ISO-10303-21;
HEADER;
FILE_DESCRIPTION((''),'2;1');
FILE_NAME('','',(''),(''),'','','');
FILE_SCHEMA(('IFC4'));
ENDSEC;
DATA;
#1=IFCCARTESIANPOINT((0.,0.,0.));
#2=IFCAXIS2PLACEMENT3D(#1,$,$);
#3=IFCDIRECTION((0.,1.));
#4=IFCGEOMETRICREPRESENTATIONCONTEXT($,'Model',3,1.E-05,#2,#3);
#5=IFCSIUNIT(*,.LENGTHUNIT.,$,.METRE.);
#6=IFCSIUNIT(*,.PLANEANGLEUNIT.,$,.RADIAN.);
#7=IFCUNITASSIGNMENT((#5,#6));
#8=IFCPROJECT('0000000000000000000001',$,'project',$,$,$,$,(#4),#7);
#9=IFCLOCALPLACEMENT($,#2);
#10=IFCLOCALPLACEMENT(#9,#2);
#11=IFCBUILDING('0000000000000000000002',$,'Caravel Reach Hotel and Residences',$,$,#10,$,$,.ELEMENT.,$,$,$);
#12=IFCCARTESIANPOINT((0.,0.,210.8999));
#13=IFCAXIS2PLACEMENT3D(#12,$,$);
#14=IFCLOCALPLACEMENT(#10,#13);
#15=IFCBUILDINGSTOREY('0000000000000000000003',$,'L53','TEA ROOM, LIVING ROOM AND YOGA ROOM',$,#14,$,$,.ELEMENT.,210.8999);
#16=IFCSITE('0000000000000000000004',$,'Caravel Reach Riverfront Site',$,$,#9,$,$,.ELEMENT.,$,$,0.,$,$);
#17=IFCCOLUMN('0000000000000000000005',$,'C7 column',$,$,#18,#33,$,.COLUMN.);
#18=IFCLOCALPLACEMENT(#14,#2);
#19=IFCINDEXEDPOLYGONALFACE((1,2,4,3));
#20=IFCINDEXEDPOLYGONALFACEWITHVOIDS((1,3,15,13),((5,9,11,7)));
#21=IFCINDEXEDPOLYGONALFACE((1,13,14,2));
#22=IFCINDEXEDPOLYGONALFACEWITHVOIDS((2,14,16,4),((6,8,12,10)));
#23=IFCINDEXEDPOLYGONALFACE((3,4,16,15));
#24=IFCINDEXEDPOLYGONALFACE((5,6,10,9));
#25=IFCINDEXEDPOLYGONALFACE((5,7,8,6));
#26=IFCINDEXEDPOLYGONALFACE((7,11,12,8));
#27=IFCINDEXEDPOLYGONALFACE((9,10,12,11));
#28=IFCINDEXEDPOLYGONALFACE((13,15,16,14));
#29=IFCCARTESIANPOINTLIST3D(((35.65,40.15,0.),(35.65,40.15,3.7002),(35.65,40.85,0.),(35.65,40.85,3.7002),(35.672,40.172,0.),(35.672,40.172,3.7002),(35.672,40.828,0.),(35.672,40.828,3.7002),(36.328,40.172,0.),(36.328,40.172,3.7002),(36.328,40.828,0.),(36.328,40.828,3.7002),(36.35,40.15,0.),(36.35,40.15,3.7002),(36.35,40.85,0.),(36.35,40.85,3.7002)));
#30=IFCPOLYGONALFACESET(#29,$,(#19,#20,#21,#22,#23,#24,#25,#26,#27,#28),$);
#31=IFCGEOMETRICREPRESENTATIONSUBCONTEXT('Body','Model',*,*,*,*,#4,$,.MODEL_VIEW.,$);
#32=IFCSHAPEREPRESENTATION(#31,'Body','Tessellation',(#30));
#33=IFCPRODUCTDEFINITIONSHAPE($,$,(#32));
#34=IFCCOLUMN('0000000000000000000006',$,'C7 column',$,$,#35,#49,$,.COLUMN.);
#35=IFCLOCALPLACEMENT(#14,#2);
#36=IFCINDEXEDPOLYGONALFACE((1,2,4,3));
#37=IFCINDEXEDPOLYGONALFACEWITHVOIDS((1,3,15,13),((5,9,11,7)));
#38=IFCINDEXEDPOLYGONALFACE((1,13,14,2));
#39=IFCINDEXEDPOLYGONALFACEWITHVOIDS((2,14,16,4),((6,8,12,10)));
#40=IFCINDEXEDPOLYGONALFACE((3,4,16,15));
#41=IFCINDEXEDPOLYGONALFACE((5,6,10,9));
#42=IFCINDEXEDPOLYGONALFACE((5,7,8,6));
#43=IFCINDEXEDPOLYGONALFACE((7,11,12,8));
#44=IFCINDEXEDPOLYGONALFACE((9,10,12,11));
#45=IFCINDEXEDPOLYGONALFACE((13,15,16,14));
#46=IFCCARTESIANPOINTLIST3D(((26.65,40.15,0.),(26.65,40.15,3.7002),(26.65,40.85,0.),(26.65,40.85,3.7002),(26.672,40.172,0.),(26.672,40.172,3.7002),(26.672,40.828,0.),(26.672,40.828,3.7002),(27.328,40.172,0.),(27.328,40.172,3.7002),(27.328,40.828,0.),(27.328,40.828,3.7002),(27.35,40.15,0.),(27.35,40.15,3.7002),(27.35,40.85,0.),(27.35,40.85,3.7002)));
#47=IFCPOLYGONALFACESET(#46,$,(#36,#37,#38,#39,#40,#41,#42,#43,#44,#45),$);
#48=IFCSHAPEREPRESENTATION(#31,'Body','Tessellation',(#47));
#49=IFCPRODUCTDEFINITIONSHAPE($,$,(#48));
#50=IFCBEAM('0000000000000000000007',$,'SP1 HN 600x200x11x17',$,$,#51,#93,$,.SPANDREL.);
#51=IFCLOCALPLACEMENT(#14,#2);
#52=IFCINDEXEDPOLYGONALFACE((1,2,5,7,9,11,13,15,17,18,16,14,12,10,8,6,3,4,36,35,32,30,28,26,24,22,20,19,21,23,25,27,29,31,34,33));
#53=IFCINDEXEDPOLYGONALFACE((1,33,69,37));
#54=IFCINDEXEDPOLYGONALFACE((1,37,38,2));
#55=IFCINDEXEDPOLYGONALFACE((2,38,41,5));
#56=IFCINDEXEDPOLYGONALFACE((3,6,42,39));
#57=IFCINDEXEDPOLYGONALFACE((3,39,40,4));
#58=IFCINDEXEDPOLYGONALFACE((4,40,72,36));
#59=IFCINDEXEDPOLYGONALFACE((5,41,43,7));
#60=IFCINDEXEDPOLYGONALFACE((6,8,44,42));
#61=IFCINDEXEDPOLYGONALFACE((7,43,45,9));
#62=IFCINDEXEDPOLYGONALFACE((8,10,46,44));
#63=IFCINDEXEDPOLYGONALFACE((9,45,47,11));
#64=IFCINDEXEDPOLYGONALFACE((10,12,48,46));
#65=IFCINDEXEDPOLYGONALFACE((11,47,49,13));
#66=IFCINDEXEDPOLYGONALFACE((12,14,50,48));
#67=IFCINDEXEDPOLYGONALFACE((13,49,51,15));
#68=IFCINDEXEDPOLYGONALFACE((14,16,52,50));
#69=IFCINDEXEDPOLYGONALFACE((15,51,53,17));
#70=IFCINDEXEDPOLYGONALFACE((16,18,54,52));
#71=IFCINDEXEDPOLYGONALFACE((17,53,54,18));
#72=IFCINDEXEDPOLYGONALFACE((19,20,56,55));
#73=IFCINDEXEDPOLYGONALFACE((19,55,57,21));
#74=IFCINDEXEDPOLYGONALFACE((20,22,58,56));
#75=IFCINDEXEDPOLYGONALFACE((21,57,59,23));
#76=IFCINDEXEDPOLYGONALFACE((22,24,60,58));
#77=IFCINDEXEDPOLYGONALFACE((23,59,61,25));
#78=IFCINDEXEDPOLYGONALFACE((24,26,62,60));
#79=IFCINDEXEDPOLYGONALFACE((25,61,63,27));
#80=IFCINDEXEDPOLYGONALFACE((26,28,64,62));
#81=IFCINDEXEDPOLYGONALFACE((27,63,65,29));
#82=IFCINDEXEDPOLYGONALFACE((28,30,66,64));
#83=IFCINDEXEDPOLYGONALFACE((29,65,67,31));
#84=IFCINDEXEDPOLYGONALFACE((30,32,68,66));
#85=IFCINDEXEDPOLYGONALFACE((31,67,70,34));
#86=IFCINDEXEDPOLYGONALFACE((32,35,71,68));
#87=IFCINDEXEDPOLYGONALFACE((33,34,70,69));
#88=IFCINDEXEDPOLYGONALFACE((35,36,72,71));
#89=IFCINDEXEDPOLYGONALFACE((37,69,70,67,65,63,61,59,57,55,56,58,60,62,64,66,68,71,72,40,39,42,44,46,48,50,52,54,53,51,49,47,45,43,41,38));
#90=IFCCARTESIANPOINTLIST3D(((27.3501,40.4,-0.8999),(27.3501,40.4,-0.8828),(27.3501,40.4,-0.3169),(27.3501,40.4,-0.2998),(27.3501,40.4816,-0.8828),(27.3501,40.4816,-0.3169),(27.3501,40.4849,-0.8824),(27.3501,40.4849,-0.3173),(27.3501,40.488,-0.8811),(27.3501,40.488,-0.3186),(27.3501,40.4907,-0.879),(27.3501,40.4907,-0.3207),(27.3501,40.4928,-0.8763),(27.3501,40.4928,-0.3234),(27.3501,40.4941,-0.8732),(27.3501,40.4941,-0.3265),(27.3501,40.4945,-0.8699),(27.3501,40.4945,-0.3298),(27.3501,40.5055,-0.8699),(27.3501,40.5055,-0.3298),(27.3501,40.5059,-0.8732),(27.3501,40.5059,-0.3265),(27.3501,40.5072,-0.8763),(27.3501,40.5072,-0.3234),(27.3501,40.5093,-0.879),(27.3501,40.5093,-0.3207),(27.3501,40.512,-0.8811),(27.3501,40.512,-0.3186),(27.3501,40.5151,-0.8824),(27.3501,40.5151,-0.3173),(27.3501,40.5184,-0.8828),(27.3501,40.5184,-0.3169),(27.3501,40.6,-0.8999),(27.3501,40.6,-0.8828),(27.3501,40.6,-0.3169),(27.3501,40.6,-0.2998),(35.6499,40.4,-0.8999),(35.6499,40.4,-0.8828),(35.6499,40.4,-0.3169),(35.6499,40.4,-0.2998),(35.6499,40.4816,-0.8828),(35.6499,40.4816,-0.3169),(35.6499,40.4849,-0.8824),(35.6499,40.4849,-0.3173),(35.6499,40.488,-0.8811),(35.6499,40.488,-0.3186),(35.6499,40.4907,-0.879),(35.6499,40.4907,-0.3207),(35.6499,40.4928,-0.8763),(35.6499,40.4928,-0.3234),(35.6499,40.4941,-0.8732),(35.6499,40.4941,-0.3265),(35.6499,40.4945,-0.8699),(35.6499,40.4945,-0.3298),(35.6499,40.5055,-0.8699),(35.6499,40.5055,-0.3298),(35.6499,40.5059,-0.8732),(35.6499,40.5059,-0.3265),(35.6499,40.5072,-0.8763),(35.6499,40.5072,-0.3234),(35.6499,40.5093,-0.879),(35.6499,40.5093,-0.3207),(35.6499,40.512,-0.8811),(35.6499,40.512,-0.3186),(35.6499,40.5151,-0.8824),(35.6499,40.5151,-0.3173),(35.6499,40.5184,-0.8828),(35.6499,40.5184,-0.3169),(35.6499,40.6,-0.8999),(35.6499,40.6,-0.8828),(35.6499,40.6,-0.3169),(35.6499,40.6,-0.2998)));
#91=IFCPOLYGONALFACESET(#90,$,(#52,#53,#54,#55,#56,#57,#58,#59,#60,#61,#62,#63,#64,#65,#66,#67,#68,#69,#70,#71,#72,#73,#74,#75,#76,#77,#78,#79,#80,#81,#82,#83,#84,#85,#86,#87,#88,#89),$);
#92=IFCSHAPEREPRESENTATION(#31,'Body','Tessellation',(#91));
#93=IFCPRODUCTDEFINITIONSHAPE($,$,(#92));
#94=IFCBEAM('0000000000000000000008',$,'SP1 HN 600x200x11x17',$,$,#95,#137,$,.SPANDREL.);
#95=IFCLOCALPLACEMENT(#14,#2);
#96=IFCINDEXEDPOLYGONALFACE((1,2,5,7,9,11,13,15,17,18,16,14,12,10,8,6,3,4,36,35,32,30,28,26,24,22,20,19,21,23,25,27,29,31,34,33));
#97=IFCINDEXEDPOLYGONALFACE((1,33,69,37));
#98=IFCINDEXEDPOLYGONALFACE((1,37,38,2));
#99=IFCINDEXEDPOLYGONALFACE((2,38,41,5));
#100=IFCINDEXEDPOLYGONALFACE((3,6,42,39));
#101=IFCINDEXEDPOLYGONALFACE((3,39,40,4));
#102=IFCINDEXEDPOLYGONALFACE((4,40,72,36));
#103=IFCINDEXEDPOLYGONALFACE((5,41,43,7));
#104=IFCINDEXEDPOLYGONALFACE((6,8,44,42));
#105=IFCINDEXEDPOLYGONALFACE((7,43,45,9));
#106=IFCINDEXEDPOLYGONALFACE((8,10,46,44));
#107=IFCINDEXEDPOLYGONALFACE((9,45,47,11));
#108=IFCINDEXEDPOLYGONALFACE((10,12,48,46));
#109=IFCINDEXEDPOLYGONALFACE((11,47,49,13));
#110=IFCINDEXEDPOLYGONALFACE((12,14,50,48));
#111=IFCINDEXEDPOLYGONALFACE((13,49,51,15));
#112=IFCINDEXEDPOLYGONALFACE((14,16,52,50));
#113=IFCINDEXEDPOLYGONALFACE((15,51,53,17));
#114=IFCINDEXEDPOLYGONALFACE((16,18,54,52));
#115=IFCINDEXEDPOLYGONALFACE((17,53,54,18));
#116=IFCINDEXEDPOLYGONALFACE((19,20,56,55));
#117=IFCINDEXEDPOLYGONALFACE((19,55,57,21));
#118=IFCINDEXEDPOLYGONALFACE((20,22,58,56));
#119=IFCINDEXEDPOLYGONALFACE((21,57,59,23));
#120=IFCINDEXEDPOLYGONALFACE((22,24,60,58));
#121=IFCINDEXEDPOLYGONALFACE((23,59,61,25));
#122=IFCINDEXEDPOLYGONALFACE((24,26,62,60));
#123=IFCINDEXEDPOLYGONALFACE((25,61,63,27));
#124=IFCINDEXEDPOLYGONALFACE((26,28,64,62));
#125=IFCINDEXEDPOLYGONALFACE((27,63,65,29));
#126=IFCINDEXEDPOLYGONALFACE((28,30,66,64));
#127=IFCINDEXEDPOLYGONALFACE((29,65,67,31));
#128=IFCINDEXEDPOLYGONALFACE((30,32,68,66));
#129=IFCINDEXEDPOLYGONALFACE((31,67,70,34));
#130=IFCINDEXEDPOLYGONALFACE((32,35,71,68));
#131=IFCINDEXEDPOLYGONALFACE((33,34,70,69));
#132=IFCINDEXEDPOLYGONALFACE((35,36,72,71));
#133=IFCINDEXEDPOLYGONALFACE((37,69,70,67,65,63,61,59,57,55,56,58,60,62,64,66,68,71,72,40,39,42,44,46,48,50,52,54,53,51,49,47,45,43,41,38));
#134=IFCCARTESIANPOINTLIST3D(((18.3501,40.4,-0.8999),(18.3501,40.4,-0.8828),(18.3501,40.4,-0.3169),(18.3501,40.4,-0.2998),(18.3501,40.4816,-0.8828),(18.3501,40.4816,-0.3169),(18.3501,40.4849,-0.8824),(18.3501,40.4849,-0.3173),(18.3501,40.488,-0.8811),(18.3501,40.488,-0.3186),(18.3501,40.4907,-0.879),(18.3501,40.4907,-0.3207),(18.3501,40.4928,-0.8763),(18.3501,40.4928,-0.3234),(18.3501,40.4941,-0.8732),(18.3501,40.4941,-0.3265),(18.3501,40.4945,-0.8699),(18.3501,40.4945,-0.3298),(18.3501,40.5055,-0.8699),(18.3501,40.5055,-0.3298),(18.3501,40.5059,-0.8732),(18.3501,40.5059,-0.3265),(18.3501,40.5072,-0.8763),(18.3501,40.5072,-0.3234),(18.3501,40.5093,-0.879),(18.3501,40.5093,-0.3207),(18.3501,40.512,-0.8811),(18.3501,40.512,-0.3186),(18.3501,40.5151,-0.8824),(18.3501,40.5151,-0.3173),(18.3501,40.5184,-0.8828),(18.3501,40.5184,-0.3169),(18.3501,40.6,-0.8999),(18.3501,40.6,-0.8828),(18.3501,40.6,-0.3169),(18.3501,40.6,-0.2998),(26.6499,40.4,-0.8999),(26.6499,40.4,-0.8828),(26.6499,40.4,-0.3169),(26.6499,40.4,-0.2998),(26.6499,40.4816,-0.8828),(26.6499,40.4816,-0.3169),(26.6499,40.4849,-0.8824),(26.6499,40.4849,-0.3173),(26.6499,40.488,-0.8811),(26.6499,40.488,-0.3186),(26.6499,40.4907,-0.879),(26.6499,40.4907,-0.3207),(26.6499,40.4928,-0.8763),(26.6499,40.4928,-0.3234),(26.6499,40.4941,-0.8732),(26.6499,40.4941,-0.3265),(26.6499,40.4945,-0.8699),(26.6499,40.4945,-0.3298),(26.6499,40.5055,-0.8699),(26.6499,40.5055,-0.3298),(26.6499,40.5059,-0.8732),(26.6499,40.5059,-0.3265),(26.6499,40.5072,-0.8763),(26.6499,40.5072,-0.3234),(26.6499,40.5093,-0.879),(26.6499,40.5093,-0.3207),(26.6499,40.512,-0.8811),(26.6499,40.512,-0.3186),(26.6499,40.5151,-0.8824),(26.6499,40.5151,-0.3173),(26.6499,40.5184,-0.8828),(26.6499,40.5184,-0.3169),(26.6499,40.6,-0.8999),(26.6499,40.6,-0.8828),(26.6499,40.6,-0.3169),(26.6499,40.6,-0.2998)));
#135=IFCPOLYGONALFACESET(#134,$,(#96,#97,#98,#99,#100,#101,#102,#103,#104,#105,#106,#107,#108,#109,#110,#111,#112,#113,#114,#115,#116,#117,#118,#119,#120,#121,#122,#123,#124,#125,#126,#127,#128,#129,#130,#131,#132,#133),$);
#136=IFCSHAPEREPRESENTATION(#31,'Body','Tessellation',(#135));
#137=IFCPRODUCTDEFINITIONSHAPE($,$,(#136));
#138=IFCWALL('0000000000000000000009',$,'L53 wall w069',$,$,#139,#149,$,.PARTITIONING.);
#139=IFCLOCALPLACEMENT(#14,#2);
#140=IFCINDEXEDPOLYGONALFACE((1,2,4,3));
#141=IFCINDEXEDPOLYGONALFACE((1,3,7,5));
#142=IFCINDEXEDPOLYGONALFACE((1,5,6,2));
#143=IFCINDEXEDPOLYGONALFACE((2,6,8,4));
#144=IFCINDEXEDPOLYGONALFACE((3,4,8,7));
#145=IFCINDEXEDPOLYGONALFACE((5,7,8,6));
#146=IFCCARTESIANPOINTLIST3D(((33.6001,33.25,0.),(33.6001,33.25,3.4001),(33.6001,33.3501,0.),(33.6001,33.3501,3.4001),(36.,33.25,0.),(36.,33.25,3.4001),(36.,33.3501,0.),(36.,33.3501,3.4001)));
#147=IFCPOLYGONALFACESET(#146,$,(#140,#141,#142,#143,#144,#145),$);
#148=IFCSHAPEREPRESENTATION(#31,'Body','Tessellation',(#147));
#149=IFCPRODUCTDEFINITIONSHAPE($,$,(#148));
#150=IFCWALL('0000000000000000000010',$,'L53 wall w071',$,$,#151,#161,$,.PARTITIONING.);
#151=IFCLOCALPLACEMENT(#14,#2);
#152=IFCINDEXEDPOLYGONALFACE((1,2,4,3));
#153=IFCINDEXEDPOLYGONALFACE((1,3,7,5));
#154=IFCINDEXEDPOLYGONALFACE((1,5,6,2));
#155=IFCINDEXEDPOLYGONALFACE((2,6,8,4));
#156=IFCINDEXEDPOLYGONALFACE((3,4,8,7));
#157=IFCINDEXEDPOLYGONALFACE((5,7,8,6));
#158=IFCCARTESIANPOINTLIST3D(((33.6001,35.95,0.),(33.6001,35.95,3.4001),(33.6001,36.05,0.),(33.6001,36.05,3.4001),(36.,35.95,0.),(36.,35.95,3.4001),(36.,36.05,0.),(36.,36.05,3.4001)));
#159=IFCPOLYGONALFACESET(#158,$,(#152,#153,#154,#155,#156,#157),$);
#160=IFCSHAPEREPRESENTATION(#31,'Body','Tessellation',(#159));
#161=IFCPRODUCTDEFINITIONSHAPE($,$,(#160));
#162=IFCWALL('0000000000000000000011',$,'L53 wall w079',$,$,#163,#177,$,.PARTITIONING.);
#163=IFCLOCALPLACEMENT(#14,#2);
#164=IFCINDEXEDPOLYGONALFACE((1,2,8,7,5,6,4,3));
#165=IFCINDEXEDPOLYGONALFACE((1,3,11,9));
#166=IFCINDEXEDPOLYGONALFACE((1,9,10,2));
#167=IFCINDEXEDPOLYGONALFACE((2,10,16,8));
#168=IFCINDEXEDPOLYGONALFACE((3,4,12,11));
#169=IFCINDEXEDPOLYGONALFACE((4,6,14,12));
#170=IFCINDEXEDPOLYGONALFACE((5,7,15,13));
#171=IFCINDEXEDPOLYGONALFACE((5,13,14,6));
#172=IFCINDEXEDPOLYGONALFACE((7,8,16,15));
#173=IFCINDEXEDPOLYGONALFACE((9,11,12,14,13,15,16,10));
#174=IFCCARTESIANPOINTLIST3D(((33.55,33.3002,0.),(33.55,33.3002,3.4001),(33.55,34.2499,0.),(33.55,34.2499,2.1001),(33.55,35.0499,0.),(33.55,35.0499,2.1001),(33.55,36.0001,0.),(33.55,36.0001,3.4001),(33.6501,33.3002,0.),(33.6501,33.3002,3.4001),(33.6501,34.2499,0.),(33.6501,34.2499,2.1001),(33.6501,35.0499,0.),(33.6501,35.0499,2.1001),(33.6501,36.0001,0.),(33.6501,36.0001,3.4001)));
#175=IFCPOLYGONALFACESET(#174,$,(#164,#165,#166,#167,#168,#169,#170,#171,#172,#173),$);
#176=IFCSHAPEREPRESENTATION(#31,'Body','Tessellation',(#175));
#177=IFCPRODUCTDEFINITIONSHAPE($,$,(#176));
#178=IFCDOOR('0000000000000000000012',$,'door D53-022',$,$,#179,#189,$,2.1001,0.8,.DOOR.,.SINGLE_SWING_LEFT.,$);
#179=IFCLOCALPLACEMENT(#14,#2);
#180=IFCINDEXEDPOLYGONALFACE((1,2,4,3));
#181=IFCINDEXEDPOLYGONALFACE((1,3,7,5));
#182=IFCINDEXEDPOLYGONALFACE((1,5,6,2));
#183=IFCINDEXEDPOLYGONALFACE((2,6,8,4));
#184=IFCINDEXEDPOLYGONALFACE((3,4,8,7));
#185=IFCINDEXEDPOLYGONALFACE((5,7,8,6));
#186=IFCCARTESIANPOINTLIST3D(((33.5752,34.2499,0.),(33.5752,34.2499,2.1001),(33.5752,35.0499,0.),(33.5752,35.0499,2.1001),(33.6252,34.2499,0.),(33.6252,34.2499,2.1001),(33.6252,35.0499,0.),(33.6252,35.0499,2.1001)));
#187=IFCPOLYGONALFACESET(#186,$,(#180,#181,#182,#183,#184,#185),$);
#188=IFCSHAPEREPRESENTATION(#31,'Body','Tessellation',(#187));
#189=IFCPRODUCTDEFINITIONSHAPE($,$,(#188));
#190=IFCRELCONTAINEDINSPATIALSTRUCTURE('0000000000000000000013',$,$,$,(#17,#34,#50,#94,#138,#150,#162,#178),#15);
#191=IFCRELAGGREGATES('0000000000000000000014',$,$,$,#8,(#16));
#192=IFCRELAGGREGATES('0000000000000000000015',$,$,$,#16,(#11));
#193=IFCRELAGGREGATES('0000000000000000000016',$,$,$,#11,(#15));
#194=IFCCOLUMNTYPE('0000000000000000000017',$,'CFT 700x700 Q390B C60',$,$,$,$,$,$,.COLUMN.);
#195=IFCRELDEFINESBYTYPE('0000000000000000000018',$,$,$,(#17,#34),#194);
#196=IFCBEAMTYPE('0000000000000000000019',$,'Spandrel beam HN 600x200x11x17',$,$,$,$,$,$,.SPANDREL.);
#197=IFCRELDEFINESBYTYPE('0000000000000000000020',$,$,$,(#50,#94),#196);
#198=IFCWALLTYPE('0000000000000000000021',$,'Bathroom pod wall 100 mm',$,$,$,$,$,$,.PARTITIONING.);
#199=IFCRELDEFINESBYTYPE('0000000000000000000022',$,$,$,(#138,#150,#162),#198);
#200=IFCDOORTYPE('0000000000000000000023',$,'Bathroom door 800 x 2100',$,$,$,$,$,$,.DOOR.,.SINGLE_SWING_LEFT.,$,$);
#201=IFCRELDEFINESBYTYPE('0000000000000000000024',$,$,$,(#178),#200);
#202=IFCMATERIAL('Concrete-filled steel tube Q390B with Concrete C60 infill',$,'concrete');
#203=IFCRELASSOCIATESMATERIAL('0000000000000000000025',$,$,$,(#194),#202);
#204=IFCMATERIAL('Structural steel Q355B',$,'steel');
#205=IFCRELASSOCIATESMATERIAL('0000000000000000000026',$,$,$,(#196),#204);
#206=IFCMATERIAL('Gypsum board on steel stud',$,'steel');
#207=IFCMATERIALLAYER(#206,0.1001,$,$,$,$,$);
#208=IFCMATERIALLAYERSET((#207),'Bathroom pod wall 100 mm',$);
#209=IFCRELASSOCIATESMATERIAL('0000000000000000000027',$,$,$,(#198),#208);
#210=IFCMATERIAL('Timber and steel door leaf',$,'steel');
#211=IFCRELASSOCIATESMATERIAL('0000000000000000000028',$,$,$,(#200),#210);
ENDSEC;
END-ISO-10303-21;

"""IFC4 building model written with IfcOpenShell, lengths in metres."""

from ifc_helpers import new_model, si_unit, direction, frame, frame_2d, origin, origin_2d, place, context, subcontext, project, spatial, rectangle, hollow_rectangle, i_section, extrude, material, layer, layer_set, material_profile, profile_set, type_object, element, fill, save


model = new_model("IFC4")

# Units and contexts
model_context = context("Model", 3, precision=1e-05, world=origin(), true_north=direction((0.0, 1.0)))
body_context = subcontext(model_context, "Body", "Model", "MODEL_VIEW")
ifc_project = project(units=[si_unit("LENGTHUNIT", "METRE"), si_unit("PLANEANGLEUNIT", "RADIAN")], contexts=[model_context])

# Site, building, storey
site_placement = place(None, origin())
site = spatial("IfcSite", under=ifc_project, at=site_placement, Name="Caravel Reach Riverfront Site", CompositionType="ELEMENT", RefElevation=0.0)
building_placement = place(site_placement, origin())
building = spatial("IfcBuilding", under=site, at=building_placement, Name="Caravel Reach Hotel and Residences", CompositionType="ELEMENT")
storey_placement = place(building_placement, frame((0.0, 0.0, 210.8999)))
storey = spatial("IfcBuildingStorey", under=building, at=storey_placement, Name="L53", Description="TEA ROOM, LIVING ROOM AND YOGA ROOM", CompositionType="ELEMENT", Elevation=210.8999)

# Columns
ifc_material_1 = material(Name="Concrete-filled steel tube Q390B with Concrete C60 infill", Category="concrete")
ifc_material_profile_1 = material_profile(ifc_material_1, hollow_rectangle(XDim=0.7, YDim=0.7, WallThickness=0.022, at=origin_2d()), Name="RHS 700x700x22")
ifc_profile_set_1 = profile_set([ifc_material_profile_1], Name="Concrete-filled steel tube Q390B with Concrete C60 infill")
column_type = type_object("IfcColumnType", Name="CFT 700x700 Q390B C60", PredefinedType="COLUMN", material=ifc_profile_set_1)
for number, where, z_axis, x_axis, name in (
    (1, (36.0, 40.5, 0.0), (0.0, 0.0, 1.0), (1.0, 0.0, 0.0), "C7 column"),
    (2, (27.0, 40.5, 0.0), (0.0, 0.0, 1.0), (1.0, 0.0, 0.0), "C7 column"),
):
    element("IfcColumn", number, at=place(storey_placement, frame(where, z_axis=z_axis, x_axis=x_axis)), inside=storey, type_object=column_type, Name=name, PredefinedType="COLUMN", context=body_context, shape_type="SweptSolid", body=[
        extrude(hollow_rectangle(XDim=0.7, YDim=0.7, WallThickness=0.022, at=origin_2d()), origin(), (0.0, 0.0, 1.0), 3.7002),
    ])

# Beams
ifc_material_2 = material(Name="Structural steel Q355B", Category="steel")
ifc_material_profile_2 = material_profile(ifc_material_2, i_section(OverallWidth=0.2, OverallDepth=0.6001, WebThickness=0.011, FlangeThickness=0.0171, FilletRadius=0.0129, at=origin_2d()), Name="HN 600x200x11x17")
ifc_profile_set_2 = profile_set([ifc_material_profile_2], Name="Structural steel Q355B")
beam_type = type_object("IfcBeamType", Name="Spandrel beam HN 600x200x11x17", PredefinedType="SPANDREL", material=ifc_profile_set_2)
for number, where, z_axis, x_axis, name in (
    (3, (35.6499, 40.5, -0.5999), (-1.0, 0.0, 0.0), (0.0, -1.0, 0.0), "SP1 HN 600x200x11x17"),
    (4, (26.6499, 40.5, -0.5999), (-1.0, 0.0, 0.0), (0.0, -1.0, 0.0), "SP1 HN 600x200x11x17"),
):
    element("IfcBeam", number, at=place(storey_placement, frame(where, z_axis=z_axis, x_axis=x_axis)), inside=storey, type_object=beam_type, Name=name, PredefinedType="SPANDREL", context=body_context, shape_type="SweptSolid", body=[
        extrude(i_section(OverallWidth=0.2, OverallDepth=0.6001, WebThickness=0.011, FlangeThickness=0.0171, FilletRadius=0.0129, at=origin_2d()), origin(), (0.0, 0.0, 1.0), 8.2998),
    ])

# Walls
ifc_material_3 = material(Name="Gypsum board on steel stud", Category="steel")
ifc_layer_1 = layer(ifc_material_3, 0.1001)
ifc_layer_set_1 = layer_set([ifc_layer_1], Name="Bathroom pod wall 100 mm")
wall_type_1 = type_object("IfcWallType", Name="Bathroom pod wall 100 mm", PredefinedType="PARTITIONING", material=ifc_layer_set_1)
for number, where, z_axis, x_axis, name in (
    (5, (33.6001, 33.3, 0.0), (0.0, 0.0, 1.0), (1.0, 0.0, 0.0), "L53 wall w069"),
    (6, (33.6001, 36.0, 0.0), (0.0, 0.0, 1.0), (1.0, 0.0, 0.0), "L53 wall w071"),
):
    element("IfcWall", number, at=place(storey_placement, frame(where, z_axis=z_axis, x_axis=x_axis)), inside=storey, type_object=wall_type_1, Name=name, PredefinedType="PARTITIONING", context=body_context, shape_type="SweptSolid", body=[
        extrude(rectangle(XDim=2.3999, YDim=0.1001, at=frame_2d((1.2, 0.0))), origin(), (0.0, 0.0, 1.0), 3.4001),
    ])

# Wall, opening, door
wall_1_placement = place(storey_placement, frame((33.6001, 33.3, 0.0), z_axis=(0.0, 0.0, 1.0), x_axis=(0.0, 1.0, 0.0)))
wall_1 = element("IfcWall", 7, at=wall_1_placement, inside=storey, type_object=wall_type_1, Name="L53 wall w079", PredefinedType="PARTITIONING", context=body_context, shape_type="SweptSolid", body=[
    extrude(rectangle(XDim=2.7, YDim=0.1001, at=frame_2d((1.3501, 0.0))), origin(), (0.0, 0.0, 1.0), 3.4001),
])
opening_1_placement = place(wall_1_placement, frame((0.95, 0.0, 0.0)))
opening_1 = element("IfcOpeningElement", 8, at=opening_1_placement, cuts=wall_1, PredefinedType="OPENING", context=body_context, shape_type="SweptSolid", body=[
    extrude(rectangle(XDim=0.8, YDim=2.1001, at=frame_2d((0.3999, 1.05))), frame((0.0, 0.0601, 0.0), z_axis=(0.0, -1.0, 0.0), x_axis=(1.0, 0.0, 0.0)), (0.0, 0.0, 1.0), 0.1201),
])
ifc_material_4 = material(Name="Timber and steel door leaf", Category="steel")
door_type_1 = type_object("IfcDoorType", Name="Bathroom door 800 x 2100", OperationType="SINGLE_SWING_LEFT", PredefinedType="DOOR", material=ifc_material_4)
door_1_placement = place(opening_1_placement, origin())
door_1 = element("IfcDoor", 9, at=door_1_placement, inside=storey, type_object=door_type_1, Name="door D53-022", OperationType="SINGLE_SWING_LEFT", OverallHeight=2.1001, OverallWidth=0.8, PredefinedType="DOOR", context=body_context, shape_type="SweptSolid", body=[
    extrude(rectangle(XDim=0.8, YDim=2.1001, at=frame_2d((0.3999, 1.05))), frame((0.0, 0.0249, 0.0), z_axis=(0.0, -1.0, 0.0), x_axis=(1.0, 0.0, 0.0)), (0.0, 0.0, 1.0), 0.05),
])
fill(opening_1, door_1)

save(model, "model.ifc")
